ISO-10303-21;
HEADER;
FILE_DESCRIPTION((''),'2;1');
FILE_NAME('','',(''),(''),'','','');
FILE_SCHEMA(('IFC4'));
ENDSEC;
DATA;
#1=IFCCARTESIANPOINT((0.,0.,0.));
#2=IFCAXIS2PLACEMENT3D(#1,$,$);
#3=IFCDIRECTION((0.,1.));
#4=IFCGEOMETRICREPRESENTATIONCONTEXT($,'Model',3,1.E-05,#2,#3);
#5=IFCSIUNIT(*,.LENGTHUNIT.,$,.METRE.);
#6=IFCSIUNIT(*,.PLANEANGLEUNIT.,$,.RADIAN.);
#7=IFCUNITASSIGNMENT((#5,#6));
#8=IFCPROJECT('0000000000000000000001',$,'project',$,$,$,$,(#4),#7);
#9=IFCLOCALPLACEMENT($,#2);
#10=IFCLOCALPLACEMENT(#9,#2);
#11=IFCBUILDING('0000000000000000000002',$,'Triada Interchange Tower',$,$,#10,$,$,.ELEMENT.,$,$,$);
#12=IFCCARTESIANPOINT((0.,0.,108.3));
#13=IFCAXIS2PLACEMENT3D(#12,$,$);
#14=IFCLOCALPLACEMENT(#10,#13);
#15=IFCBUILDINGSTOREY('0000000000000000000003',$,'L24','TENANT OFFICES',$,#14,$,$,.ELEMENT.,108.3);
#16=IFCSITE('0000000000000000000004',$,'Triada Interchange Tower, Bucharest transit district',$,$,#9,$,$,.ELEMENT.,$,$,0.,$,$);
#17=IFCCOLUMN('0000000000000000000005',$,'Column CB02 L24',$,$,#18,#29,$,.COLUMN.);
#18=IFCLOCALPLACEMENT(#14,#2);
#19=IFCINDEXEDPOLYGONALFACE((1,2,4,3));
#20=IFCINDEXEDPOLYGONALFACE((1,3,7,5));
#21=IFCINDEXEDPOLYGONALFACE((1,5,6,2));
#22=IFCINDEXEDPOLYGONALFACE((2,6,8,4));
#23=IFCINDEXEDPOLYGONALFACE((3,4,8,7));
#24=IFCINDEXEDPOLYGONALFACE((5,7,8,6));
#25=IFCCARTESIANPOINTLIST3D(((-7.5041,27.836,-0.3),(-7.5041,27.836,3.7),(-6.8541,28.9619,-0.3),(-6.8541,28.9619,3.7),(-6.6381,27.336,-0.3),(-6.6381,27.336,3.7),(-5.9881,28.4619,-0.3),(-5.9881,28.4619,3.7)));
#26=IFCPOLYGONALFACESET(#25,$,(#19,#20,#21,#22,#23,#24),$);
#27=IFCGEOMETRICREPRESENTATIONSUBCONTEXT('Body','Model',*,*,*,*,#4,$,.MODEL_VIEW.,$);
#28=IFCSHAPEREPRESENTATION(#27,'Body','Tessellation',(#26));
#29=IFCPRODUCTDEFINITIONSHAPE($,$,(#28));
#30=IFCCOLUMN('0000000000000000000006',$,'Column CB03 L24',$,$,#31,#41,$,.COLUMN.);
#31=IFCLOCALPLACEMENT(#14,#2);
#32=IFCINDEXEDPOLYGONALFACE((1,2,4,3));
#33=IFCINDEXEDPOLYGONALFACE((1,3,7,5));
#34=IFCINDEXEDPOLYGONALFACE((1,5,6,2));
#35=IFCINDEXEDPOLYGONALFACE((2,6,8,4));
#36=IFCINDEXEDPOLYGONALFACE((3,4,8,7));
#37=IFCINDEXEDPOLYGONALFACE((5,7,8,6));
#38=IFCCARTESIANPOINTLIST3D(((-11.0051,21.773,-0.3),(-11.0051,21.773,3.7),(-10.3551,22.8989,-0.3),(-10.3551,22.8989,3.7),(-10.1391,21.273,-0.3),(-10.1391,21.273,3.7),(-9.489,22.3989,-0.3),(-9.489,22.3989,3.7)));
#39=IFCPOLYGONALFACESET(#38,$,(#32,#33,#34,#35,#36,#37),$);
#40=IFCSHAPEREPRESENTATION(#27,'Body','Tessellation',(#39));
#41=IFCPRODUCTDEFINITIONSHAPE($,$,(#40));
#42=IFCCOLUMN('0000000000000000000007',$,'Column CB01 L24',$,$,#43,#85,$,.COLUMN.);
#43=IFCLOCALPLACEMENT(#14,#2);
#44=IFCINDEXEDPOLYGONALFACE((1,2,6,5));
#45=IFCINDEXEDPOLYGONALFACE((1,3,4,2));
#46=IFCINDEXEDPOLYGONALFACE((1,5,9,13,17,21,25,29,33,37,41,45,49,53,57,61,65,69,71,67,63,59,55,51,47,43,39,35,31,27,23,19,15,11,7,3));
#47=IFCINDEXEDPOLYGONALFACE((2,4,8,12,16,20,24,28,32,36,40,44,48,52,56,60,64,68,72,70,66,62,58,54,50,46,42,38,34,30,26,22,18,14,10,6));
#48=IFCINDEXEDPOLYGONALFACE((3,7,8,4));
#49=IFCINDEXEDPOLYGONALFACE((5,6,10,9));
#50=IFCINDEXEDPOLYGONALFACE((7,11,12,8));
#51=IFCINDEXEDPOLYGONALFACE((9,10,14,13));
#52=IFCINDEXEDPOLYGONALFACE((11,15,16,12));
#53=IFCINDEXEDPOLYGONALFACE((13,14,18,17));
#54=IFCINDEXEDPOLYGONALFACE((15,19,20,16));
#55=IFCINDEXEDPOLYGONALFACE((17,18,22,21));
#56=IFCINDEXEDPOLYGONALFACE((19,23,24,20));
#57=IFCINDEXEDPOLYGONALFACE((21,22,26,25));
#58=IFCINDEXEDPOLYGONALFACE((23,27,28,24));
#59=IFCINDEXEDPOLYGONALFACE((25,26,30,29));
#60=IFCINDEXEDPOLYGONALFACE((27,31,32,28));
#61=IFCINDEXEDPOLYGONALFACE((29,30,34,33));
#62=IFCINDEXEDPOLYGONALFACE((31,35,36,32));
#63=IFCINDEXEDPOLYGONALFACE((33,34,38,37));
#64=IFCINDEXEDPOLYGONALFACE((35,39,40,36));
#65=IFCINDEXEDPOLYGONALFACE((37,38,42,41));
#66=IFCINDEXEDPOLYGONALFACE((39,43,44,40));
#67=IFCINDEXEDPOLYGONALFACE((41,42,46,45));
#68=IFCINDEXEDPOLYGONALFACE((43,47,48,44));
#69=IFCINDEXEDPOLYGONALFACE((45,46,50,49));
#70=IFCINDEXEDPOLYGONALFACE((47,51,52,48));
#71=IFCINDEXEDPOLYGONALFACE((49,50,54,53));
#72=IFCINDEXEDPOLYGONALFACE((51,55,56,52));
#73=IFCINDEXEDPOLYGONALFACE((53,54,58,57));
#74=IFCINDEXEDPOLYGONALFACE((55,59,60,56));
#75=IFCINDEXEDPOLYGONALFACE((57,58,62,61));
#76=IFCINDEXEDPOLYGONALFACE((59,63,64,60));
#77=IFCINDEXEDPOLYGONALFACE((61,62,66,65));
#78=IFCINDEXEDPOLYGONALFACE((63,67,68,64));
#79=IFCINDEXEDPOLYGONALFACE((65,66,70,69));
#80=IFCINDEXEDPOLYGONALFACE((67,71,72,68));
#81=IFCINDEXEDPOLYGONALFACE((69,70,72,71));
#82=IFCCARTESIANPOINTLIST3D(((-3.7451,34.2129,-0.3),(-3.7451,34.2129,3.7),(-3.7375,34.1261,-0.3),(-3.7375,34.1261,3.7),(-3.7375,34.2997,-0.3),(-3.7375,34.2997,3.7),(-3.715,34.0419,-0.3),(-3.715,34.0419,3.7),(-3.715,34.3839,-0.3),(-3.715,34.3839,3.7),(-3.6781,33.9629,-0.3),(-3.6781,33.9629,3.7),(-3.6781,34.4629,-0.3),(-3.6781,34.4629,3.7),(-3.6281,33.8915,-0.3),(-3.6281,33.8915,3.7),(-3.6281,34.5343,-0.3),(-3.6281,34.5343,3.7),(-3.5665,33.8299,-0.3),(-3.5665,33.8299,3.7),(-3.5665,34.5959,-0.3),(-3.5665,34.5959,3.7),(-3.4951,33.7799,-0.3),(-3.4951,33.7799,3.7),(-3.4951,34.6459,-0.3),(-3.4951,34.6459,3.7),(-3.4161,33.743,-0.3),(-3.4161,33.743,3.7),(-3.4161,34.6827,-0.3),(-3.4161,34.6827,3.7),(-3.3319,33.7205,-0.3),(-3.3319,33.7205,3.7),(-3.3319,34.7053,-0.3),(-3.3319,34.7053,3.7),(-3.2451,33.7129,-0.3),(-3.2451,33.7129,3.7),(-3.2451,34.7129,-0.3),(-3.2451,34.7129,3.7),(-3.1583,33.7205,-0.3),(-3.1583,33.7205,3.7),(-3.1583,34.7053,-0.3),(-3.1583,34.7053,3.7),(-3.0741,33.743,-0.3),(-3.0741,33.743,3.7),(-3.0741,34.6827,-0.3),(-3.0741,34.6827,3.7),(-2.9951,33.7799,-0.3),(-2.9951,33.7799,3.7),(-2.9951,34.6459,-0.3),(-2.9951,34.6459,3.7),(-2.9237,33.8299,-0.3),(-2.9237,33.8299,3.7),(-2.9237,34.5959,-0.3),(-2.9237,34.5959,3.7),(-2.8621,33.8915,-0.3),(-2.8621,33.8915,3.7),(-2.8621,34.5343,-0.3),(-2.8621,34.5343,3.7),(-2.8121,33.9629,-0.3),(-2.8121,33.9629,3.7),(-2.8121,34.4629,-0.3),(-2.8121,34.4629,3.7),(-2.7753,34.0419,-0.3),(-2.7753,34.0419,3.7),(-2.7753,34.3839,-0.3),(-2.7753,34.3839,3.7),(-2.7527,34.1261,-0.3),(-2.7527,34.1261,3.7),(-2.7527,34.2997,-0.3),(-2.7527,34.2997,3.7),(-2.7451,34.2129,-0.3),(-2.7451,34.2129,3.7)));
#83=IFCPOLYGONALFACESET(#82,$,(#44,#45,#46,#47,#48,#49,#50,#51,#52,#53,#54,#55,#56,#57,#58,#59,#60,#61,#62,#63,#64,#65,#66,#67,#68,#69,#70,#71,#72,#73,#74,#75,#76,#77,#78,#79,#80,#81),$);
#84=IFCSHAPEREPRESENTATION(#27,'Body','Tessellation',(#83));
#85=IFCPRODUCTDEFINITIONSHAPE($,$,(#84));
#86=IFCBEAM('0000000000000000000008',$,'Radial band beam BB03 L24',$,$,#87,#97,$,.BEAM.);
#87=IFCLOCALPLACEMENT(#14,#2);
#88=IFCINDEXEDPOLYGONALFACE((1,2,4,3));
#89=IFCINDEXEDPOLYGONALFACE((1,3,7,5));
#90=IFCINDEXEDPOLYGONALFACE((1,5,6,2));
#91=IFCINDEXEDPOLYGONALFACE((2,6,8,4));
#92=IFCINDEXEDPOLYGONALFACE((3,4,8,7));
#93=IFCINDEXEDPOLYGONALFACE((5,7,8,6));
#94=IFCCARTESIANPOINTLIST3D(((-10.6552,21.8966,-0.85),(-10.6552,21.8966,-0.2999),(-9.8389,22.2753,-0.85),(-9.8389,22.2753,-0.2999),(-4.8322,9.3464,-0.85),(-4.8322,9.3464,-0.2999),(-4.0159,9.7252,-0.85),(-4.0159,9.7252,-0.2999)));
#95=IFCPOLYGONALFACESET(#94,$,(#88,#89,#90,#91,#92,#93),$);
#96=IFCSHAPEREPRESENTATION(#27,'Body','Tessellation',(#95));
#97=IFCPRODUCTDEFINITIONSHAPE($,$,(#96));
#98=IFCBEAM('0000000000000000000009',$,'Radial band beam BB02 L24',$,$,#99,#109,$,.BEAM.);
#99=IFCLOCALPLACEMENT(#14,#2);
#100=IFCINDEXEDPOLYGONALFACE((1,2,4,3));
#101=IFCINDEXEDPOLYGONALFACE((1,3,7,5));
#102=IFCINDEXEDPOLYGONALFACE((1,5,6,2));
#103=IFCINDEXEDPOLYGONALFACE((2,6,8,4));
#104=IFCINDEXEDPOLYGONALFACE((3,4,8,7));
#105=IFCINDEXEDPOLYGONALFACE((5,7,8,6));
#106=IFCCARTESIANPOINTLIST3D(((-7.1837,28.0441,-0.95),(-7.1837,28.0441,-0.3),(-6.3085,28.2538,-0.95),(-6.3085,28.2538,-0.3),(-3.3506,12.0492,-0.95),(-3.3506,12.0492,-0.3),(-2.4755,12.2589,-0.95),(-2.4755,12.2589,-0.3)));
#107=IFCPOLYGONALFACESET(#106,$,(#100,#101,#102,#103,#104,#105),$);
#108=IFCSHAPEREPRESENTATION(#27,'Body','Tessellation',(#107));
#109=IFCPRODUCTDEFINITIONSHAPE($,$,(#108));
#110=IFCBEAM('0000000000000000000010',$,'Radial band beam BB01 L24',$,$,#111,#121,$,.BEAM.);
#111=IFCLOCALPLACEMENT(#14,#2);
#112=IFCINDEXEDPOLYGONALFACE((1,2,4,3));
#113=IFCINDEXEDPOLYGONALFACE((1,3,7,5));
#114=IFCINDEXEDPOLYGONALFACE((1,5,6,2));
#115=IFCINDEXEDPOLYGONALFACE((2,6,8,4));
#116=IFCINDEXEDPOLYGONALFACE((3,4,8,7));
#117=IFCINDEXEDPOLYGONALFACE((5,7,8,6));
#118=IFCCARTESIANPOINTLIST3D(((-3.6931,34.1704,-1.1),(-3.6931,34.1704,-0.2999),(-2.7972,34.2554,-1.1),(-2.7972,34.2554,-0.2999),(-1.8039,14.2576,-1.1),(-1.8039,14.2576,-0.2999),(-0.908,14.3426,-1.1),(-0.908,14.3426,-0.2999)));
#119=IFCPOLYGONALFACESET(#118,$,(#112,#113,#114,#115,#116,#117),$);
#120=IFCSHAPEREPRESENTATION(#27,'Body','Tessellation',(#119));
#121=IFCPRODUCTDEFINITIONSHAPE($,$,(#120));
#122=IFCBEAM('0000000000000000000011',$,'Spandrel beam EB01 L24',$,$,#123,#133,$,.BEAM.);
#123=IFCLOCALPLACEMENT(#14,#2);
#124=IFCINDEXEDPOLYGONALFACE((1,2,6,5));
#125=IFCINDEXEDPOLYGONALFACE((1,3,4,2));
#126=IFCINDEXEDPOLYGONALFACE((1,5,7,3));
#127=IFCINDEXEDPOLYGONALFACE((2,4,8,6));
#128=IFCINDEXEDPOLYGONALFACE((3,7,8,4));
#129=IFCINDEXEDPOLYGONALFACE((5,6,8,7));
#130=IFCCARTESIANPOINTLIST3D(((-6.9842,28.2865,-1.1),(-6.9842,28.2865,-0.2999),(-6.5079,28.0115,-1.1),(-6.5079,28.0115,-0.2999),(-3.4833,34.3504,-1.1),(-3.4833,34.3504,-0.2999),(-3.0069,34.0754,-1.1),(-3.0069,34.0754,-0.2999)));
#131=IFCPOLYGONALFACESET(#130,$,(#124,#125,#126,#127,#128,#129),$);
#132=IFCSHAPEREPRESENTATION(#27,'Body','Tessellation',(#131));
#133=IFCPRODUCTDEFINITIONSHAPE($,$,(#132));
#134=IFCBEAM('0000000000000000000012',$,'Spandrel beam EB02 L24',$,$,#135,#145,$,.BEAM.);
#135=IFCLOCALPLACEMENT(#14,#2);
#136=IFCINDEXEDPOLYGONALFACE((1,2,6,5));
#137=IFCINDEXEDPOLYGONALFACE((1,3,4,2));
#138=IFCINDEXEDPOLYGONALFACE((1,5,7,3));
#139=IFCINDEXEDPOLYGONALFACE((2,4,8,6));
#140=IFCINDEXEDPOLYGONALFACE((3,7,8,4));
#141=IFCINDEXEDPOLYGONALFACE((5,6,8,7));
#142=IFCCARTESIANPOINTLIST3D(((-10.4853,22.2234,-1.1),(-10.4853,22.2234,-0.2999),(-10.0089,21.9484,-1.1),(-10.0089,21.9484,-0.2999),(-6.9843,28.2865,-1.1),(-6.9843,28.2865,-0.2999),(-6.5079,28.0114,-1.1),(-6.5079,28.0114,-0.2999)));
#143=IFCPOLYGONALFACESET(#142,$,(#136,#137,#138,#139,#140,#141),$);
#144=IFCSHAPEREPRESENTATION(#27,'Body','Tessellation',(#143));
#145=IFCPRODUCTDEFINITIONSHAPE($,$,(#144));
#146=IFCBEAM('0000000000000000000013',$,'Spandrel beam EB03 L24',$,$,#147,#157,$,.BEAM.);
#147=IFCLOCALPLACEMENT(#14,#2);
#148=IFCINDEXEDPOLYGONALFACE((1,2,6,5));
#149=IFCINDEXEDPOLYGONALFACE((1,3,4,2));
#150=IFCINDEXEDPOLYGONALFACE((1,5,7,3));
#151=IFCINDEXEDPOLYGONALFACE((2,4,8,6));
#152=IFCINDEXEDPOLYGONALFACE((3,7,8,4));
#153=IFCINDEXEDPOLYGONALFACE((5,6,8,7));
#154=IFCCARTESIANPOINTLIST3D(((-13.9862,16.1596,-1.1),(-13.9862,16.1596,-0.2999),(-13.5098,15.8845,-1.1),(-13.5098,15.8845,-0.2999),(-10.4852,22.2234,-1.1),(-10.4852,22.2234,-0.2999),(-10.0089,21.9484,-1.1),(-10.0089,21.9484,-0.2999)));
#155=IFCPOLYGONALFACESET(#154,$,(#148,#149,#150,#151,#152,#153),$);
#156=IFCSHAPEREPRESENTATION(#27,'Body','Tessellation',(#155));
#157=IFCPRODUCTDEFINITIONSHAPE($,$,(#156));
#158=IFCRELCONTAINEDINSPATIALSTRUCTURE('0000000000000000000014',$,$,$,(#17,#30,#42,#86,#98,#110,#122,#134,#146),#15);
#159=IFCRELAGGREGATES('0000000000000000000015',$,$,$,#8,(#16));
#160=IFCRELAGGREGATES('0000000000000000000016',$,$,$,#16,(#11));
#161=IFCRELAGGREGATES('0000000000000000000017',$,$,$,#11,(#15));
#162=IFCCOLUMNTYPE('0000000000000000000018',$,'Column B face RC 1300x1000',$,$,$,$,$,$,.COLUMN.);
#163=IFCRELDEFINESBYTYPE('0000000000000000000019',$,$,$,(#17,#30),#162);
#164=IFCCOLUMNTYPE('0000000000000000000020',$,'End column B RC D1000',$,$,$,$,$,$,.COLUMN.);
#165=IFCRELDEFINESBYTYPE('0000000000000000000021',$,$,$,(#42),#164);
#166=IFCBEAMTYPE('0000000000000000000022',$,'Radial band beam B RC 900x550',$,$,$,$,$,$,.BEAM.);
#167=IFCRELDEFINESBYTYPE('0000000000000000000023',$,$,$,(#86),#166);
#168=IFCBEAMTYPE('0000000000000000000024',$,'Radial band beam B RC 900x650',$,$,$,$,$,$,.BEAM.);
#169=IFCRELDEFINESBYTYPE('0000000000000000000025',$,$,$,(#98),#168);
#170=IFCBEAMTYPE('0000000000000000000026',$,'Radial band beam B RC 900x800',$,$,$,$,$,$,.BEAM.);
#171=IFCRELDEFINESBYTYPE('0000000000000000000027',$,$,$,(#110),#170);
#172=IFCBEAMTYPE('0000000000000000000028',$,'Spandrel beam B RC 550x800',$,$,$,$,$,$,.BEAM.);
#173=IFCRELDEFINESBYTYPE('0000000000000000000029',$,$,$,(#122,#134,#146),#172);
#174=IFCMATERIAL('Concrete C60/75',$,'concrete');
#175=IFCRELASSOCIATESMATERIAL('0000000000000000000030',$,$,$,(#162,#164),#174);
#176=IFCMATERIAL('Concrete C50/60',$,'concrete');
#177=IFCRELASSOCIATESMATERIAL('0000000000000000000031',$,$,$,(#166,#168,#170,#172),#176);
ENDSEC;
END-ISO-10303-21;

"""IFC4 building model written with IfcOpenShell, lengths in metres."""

from ifc_helpers import new_model, si_unit, direction, frame, origin, origin_2d, place, context, subcontext, project, spatial, rectangle, circle, extrude, material, material_profile, profile_set, type_object, element, save


model = new_model("IFC4")

# Units and contexts
model_context = context("Model", 3, precision=1e-05, world=origin(), true_north=direction((0.0, 1.0)))
body_context = subcontext(model_context, "Body", "Model", "MODEL_VIEW")
ifc_project = project(units=[si_unit("LENGTHUNIT", "METRE"), si_unit("PLANEANGLEUNIT", "RADIAN")], contexts=[model_context])

# Site, building, storey
site_placement = place(None, origin())
site = spatial("IfcSite", under=ifc_project, at=site_placement, Name="Triada Interchange Tower, Bucharest transit district", CompositionType="ELEMENT", RefElevation=0.0)
building_placement = place(site_placement, origin())
building = spatial("IfcBuilding", under=site, at=building_placement, Name="Triada Interchange Tower", CompositionType="ELEMENT")
storey_placement = place(building_placement, frame((0.0, 0.0, 108.3)))
storey = spatial("IfcBuildingStorey", under=building, at=storey_placement, Name="L24", Description="TENANT OFFICES", CompositionType="ELEMENT", Elevation=108.3)

# Columns
ifc_material_1 = material(Name="Concrete C60/75", Category="concrete")
ifc_material_profile_1 = material_profile(ifc_material_1, rectangle(XDim=1.3, YDim=1.0, at=origin_2d()), Name="RC 1300x1000")
ifc_profile_set_1 = profile_set([ifc_material_profile_1], Name="Concrete C60/75")
column_type_1 = type_object("IfcColumnType", Name="Column B face RC 1300x1000", PredefinedType="COLUMN", material=ifc_profile_set_1)
for number, where, z_axis, x_axis, name in (
    (1, (-6.7461, 28.1489, -0.3), (0.0, 0.0, 1.0), (0.5, 0.866025, 0.0), "Column CB02 L24"),
    (2, (-10.2471, 22.0859, -0.3), (0.0, 0.0, 1.0), (0.5, 0.866025, 0.0), "Column CB03 L24"),
):
    element("IfcColumn", number, at=place(storey_placement, frame(where, z_axis=z_axis, x_axis=x_axis)), inside=storey, type_object=column_type_1, Name=name, PredefinedType="COLUMN", context=body_context, shape_type="SweptSolid", body=[
        extrude(rectangle(XDim=1.3, YDim=1.0, at=origin_2d()), origin(), (0.0, 0.0, 1.0), 4.0),
    ])
ifc_material_profile_2 = material_profile(ifc_material_1, circle(Radius=0.5, at=origin_2d()), Name="RC D1000")
ifc_profile_set_2 = profile_set([ifc_material_profile_2], Name="Concrete C60/75")
column_type_2 = type_object("IfcColumnType", Name="End column B RC D1000", PredefinedType="COLUMN", material=ifc_profile_set_2)
column_placement = place(storey_placement, frame((-3.2451, 34.2129, -0.3), z_axis=(0.0, 0.0, 1.0), x_axis=(0.5, 0.866025, 0.0)))
element("IfcColumn", 3, at=column_placement, inside=storey, type_object=column_type_2, Name="Column CB01 L24", PredefinedType="COLUMN", context=body_context, shape_type="SweptSolid", body=[
    extrude(circle(Radius=0.5, at=origin_2d()), origin(), (0.0, 0.0, 1.0), 4.0),
])

# Beams
ifc_material_2 = material(Name="Concrete C50/60", Category="concrete")
ifc_material_profile_3 = material_profile(ifc_material_2, rectangle(XDim=0.8999, YDim=0.55, at=origin_2d()), Name="RC 900x550")
ifc_profile_set_3 = profile_set([ifc_material_profile_3], Name="Concrete C50/60")
beam_type_1 = type_object("IfcBeamType", Name="Radial band beam B RC 900x550", PredefinedType="BEAM", material=ifc_profile_set_3)
beam_1_placement = place(storey_placement, frame((-10.2471, 22.0859, -0.575), z_axis=(0.420885, -0.907114, 0.0), x_axis=(0.907114, 0.420885, 0.0)))
element("IfcBeam", 4, at=beam_1_placement, inside=storey, type_object=beam_type_1, Name="Radial band beam BB03 L24", PredefinedType="BEAM", context=body_context, shape_type="SweptSolid", body=[
    extrude(rectangle(XDim=0.8999, YDim=0.55, at=origin_2d()), origin(), (0.0, 0.0, 1.0), 13.8352),
])
ifc_material_profile_4 = material_profile(ifc_material_2, rectangle(XDim=0.8999, YDim=0.6499, at=origin_2d()), Name="RC 900x650")
ifc_profile_set_4 = profile_set([ifc_material_profile_4], Name="Concrete C50/60")
beam_type_2 = type_object("IfcBeamType", Name="Radial band beam B RC 900x650", PredefinedType="BEAM", material=ifc_profile_set_4)
beam_2_placement = place(storey_placement, frame((-6.7461, 28.1489, -0.625), z_axis=(0.233042, -0.972467, 0.0), x_axis=(0.972467, 0.233042, 0.0)))
element("IfcBeam", 5, at=beam_2_placement, inside=storey, type_object=beam_type_2, Name="Radial band beam BB02 L24", PredefinedType="BEAM", context=body_context, shape_type="SweptSolid", body=[
    extrude(rectangle(XDim=0.8999, YDim=0.6499, at=origin_2d()), origin(), (0.0, 0.0, 1.0), 16.4478),
])
ifc_material_profile_5 = material_profile(ifc_material_2, rectangle(XDim=0.8999, YDim=0.8, at=origin_2d()), Name="RC 900x800")
ifc_profile_set_5 = profile_set([ifc_material_profile_5], Name="Concrete C50/60")
beam_type_3 = type_object("IfcBeamType", Name="Radial band beam B RC 900x800", PredefinedType="BEAM", material=ifc_profile_set_5)
beam_3_placement = place(storey_placement, frame((-3.2451, 34.2129, -0.7), z_axis=(0.094447, -0.99553, 0.0), x_axis=(0.99553, 0.094447, 0.0)))
element("IfcBeam", 6, at=beam_3_placement, inside=storey, type_object=beam_type_3, Name="Radial band beam BB01 L24", PredefinedType="BEAM", context=body_context, shape_type="SweptSolid", body=[
    extrude(rectangle(XDim=0.8999, YDim=0.8, at=origin_2d()), origin(), (0.0, 0.0, 1.0), 20.0022),
])
ifc_material_profile_6 = material_profile(ifc_material_2, rectangle(XDim=0.55, YDim=0.8, at=origin_2d()), Name="RC 550x800")
ifc_profile_set_6 = profile_set([ifc_material_profile_6], Name="Concrete C50/60")
beam_type_4 = type_object("IfcBeamType", Name="Spandrel beam B RC 550x800", PredefinedType="BEAM", material=ifc_profile_set_6)
beam_4_placement = place(storey_placement, frame((-3.2451, 34.2129, -0.7), z_axis=(-0.499994, -0.866029, 0.0), x_axis=(0.866029, -0.499994, 0.0)))
element("IfcBeam", 7, at=beam_4_placement, inside=storey, type_object=beam_type_4, Name="Spandrel beam EB01 L24", PredefinedType="BEAM", context=body_context, shape_type="SweptSolid", body=[
    extrude(rectangle(XDim=0.55, YDim=0.8, at=origin_2d()), origin(), (0.0, 0.0, 1.0), 7.002),
])
beam_5_placement = place(storey_placement, frame((-6.7461, 28.1489, -0.7), z_axis=(-0.500054, -0.865994, 0.0), x_axis=(0.865994, -0.500054, 0.0)))
element("IfcBeam", 8, at=beam_5_placement, inside=storey, type_object=beam_type_4, Name="Spandrel beam EB02 L24", PredefinedType="BEAM", context=body_context, shape_type="SweptSolid", body=[
    extrude(rectangle(XDim=0.55, YDim=0.8, at=origin_2d()), origin(), (0.0, 0.0, 1.0), 7.0012),
])
beam_6_placement = place(storey_placement, frame((-10.2471, 22.0859, -0.7), z_axis=(-0.499994, -0.866029, 0.0), x_axis=(0.866029, -0.499994, 0.0)))
element("IfcBeam", 9, at=beam_6_placement, inside=storey, type_object=beam_type_4, Name="Spandrel beam EB03 L24", PredefinedType="BEAM", context=body_context, shape_type="SweptSolid", body=[
    extrude(rectangle(XDim=0.55, YDim=0.8, at=origin_2d()), origin(), (0.0, 0.0, 1.0), 7.002),
])

save(model, "model.ifc")
